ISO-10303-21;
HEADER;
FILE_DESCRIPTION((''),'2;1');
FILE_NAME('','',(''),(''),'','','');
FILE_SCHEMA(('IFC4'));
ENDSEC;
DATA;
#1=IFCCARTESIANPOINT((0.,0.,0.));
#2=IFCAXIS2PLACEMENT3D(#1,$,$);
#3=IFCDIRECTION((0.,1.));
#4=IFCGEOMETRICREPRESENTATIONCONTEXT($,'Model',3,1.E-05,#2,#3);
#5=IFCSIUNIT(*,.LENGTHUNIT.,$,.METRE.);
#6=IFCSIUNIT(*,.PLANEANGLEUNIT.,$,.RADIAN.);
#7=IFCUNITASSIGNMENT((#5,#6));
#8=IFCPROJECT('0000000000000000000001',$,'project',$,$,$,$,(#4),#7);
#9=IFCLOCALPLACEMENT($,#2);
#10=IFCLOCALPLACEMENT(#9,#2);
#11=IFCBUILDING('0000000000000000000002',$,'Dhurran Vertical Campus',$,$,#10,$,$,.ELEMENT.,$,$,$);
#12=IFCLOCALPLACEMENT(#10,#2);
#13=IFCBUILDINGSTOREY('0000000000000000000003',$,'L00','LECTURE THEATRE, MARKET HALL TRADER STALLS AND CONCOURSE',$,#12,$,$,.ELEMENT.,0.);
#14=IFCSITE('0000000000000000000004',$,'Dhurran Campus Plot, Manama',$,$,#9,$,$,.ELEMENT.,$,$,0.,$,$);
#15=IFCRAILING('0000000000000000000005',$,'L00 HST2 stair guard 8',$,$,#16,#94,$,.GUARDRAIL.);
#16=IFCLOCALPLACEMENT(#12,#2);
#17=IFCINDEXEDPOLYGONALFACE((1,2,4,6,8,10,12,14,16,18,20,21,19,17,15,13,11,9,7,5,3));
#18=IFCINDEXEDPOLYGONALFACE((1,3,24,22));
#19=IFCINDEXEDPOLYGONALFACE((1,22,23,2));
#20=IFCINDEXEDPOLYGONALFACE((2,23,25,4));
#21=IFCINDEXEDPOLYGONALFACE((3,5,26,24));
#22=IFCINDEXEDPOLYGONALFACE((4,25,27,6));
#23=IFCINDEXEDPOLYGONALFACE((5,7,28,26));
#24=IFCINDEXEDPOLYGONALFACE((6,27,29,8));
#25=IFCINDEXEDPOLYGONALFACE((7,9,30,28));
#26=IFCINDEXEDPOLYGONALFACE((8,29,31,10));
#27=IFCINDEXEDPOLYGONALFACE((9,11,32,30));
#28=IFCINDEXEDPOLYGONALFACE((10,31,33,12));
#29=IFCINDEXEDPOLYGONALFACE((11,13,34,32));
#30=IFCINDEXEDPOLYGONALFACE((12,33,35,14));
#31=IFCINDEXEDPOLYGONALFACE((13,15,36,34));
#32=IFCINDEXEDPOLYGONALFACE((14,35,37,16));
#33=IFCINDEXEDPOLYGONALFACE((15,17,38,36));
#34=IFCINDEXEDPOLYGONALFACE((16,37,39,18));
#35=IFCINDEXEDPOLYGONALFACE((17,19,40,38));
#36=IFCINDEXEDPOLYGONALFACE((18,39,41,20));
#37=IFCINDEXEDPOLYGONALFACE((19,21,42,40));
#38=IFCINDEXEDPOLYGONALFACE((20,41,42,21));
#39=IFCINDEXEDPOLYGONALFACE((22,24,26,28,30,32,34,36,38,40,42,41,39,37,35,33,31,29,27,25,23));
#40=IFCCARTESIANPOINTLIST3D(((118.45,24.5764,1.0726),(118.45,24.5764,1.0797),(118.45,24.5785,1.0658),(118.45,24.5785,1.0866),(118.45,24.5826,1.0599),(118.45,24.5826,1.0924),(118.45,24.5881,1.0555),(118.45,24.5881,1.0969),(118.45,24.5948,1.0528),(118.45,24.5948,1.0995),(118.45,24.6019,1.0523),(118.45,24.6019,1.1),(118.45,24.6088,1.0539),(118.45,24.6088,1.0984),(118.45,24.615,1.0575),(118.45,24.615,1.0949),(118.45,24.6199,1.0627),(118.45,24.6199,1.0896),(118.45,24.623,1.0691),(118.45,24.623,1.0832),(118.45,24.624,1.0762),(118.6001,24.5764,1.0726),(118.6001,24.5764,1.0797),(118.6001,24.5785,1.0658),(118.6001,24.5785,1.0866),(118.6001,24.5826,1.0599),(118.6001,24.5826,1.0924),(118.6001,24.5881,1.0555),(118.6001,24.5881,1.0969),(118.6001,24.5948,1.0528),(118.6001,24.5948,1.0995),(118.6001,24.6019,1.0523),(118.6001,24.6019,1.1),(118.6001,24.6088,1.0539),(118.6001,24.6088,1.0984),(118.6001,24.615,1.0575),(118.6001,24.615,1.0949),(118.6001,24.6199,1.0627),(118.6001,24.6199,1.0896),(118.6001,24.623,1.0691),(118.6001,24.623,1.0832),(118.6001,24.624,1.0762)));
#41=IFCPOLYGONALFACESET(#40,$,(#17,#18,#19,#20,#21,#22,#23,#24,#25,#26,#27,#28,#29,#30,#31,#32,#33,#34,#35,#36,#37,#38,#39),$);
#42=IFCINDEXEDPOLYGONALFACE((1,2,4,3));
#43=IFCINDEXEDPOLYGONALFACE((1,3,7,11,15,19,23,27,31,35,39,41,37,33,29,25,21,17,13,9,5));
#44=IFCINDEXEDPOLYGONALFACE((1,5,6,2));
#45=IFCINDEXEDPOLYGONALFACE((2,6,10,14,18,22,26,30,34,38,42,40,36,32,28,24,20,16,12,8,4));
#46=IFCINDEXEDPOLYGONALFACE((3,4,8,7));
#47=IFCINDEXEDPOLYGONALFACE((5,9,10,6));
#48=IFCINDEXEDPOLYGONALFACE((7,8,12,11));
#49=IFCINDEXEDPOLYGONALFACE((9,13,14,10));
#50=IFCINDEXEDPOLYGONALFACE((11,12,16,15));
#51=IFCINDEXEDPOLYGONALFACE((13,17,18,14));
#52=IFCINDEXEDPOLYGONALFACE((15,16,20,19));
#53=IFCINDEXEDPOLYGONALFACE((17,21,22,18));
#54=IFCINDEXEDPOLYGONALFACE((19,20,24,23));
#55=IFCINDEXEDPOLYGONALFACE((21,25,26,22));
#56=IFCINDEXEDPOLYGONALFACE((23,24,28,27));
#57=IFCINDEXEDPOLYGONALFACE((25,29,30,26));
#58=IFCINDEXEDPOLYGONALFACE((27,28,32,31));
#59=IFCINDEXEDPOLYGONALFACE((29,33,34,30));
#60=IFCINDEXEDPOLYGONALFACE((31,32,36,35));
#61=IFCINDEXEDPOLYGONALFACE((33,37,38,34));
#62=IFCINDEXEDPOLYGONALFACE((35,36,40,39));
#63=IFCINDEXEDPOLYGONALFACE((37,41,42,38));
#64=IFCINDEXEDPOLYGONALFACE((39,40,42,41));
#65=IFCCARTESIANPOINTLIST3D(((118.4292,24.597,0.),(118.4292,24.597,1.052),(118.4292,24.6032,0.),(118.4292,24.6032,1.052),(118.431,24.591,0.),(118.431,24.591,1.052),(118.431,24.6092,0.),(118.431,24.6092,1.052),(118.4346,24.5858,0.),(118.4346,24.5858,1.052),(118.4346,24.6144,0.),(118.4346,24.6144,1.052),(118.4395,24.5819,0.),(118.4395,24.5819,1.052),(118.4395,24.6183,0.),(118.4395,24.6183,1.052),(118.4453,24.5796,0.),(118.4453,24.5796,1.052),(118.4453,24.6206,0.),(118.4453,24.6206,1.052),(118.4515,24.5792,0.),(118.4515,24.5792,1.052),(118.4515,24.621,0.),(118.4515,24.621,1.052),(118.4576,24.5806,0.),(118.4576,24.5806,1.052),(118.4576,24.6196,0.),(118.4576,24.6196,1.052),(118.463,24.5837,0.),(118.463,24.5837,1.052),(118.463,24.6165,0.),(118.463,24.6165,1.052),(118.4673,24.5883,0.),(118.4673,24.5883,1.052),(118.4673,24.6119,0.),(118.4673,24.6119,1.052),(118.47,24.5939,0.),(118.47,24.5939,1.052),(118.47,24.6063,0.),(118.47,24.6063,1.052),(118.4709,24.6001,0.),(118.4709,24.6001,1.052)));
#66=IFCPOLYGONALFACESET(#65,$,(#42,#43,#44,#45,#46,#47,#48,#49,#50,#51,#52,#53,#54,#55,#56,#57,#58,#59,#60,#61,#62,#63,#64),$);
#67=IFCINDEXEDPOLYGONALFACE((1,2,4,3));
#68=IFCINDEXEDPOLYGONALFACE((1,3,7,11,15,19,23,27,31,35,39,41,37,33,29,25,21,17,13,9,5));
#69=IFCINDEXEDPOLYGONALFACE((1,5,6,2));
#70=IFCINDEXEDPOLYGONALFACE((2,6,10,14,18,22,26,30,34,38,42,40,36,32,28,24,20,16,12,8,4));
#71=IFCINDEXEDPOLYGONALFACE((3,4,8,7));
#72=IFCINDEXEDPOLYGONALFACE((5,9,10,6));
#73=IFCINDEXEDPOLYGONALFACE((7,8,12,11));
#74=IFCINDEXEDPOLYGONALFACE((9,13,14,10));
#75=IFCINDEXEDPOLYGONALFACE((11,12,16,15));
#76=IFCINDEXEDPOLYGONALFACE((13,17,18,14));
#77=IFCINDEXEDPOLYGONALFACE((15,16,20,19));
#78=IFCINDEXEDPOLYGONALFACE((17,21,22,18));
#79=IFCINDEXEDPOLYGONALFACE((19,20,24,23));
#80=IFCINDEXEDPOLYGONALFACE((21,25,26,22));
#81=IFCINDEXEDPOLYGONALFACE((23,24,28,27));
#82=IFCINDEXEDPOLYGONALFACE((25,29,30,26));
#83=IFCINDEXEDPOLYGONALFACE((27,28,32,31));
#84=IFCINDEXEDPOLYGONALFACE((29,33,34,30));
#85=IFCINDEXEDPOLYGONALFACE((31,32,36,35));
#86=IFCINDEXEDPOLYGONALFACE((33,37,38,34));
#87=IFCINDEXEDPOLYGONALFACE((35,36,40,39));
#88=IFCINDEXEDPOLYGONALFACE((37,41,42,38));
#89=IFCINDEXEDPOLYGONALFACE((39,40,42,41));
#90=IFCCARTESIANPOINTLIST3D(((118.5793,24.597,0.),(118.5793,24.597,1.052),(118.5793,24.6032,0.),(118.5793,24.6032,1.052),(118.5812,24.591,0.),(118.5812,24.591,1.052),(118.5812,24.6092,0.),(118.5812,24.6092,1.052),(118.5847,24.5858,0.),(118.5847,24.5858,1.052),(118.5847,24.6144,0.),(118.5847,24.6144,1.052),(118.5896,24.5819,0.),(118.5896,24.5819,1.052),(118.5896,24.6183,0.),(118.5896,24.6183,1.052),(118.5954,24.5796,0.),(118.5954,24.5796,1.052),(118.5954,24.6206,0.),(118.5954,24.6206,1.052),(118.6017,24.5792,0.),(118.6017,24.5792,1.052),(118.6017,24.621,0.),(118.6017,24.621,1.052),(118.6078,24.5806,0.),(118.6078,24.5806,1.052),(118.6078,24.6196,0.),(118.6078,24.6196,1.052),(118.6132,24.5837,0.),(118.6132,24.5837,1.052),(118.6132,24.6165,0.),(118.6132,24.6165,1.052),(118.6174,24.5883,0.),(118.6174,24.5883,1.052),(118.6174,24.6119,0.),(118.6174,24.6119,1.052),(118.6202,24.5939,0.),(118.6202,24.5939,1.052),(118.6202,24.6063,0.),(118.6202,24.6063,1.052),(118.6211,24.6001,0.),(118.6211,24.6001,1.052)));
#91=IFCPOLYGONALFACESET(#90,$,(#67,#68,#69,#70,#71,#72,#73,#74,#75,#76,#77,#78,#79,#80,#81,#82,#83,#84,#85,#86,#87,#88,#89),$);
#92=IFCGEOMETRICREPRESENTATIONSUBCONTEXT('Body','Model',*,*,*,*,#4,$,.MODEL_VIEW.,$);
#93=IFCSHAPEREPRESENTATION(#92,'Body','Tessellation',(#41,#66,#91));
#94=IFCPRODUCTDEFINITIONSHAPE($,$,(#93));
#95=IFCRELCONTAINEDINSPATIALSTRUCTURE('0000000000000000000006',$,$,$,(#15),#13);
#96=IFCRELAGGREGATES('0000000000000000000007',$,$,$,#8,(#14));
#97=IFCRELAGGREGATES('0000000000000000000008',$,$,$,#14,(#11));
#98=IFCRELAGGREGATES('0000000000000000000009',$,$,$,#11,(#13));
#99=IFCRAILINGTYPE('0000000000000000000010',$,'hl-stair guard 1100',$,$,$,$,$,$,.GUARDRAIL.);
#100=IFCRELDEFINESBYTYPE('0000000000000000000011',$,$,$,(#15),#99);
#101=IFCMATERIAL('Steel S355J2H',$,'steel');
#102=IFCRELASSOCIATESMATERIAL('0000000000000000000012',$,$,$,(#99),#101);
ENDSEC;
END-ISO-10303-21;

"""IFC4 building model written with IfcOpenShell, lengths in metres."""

from ifc_helpers import new_model, si_unit, direction, frame, origin, origin_2d, place, context, subcontext, project, spatial, circle, extrude, material, type_object, element, save


model = new_model("IFC4")

# Units and contexts
model_context = context("Model", 3, precision=1e-05, world=origin(), true_north=direction((0.0, 1.0)))
body_context = subcontext(model_context, "Body", "Model", "MODEL_VIEW")
ifc_project = project(units=[si_unit("LENGTHUNIT", "METRE"), si_unit("PLANEANGLEUNIT", "RADIAN")], contexts=[model_context])

# Site, building, storey
site_placement = place(None, origin())
site = spatial("IfcSite", under=ifc_project, at=site_placement, Name="Dhurran Campus Plot, Manama", CompositionType="ELEMENT", RefElevation=0.0)
building_placement = place(site_placement, origin())
building = spatial("IfcBuilding", under=site, at=building_placement, Name="Dhurran Vertical Campus", CompositionType="ELEMENT")
storey_placement = place(building_placement, origin())
storey = spatial("IfcBuildingStorey", under=building, at=storey_placement, Name="L00", Description="LECTURE THEATRE, MARKET HALL TRADER STALLS AND CONCOURSE", CompositionType="ELEMENT", Elevation=0.0)

# Railing
ifc_material_1 = material(Name="Steel S355J2H", Category="steel")
railing_type_1 = type_object("IfcRailingType", Name="hl-stair guard 1100", PredefinedType="GUARDRAIL", material=ifc_material_1)
railing_1_placement = place(storey_placement, frame((118.45, 24.6001, 0.0)))
element("IfcRailing", 1, at=railing_1_placement, inside=storey, type_object=railing_type_1, Name="L00 HST2 stair guard 8", PredefinedType="GUARDRAIL", context=body_context, shape_type="SweptSolid", body=[
    extrude(circle(Radius=0.0239, at=origin_2d()), frame((0.0, 0.0, 1.0762), z_axis=(1.0, 0.0, 0.0), x_axis=(0.0, 1.0, 0.0)), (0.0, 0.0, 1.0), 0.1501),
    extrude(circle(Radius=0.021, at=origin_2d()), origin(), (0.0, 0.0, 1.0), 1.052),
    extrude(circle(Radius=0.021, at=origin_2d()), frame((0.1501, 0.0, 0.0)), (0.0, 0.0, 1.0), 1.052),
])

save(model, "model.ifc")
